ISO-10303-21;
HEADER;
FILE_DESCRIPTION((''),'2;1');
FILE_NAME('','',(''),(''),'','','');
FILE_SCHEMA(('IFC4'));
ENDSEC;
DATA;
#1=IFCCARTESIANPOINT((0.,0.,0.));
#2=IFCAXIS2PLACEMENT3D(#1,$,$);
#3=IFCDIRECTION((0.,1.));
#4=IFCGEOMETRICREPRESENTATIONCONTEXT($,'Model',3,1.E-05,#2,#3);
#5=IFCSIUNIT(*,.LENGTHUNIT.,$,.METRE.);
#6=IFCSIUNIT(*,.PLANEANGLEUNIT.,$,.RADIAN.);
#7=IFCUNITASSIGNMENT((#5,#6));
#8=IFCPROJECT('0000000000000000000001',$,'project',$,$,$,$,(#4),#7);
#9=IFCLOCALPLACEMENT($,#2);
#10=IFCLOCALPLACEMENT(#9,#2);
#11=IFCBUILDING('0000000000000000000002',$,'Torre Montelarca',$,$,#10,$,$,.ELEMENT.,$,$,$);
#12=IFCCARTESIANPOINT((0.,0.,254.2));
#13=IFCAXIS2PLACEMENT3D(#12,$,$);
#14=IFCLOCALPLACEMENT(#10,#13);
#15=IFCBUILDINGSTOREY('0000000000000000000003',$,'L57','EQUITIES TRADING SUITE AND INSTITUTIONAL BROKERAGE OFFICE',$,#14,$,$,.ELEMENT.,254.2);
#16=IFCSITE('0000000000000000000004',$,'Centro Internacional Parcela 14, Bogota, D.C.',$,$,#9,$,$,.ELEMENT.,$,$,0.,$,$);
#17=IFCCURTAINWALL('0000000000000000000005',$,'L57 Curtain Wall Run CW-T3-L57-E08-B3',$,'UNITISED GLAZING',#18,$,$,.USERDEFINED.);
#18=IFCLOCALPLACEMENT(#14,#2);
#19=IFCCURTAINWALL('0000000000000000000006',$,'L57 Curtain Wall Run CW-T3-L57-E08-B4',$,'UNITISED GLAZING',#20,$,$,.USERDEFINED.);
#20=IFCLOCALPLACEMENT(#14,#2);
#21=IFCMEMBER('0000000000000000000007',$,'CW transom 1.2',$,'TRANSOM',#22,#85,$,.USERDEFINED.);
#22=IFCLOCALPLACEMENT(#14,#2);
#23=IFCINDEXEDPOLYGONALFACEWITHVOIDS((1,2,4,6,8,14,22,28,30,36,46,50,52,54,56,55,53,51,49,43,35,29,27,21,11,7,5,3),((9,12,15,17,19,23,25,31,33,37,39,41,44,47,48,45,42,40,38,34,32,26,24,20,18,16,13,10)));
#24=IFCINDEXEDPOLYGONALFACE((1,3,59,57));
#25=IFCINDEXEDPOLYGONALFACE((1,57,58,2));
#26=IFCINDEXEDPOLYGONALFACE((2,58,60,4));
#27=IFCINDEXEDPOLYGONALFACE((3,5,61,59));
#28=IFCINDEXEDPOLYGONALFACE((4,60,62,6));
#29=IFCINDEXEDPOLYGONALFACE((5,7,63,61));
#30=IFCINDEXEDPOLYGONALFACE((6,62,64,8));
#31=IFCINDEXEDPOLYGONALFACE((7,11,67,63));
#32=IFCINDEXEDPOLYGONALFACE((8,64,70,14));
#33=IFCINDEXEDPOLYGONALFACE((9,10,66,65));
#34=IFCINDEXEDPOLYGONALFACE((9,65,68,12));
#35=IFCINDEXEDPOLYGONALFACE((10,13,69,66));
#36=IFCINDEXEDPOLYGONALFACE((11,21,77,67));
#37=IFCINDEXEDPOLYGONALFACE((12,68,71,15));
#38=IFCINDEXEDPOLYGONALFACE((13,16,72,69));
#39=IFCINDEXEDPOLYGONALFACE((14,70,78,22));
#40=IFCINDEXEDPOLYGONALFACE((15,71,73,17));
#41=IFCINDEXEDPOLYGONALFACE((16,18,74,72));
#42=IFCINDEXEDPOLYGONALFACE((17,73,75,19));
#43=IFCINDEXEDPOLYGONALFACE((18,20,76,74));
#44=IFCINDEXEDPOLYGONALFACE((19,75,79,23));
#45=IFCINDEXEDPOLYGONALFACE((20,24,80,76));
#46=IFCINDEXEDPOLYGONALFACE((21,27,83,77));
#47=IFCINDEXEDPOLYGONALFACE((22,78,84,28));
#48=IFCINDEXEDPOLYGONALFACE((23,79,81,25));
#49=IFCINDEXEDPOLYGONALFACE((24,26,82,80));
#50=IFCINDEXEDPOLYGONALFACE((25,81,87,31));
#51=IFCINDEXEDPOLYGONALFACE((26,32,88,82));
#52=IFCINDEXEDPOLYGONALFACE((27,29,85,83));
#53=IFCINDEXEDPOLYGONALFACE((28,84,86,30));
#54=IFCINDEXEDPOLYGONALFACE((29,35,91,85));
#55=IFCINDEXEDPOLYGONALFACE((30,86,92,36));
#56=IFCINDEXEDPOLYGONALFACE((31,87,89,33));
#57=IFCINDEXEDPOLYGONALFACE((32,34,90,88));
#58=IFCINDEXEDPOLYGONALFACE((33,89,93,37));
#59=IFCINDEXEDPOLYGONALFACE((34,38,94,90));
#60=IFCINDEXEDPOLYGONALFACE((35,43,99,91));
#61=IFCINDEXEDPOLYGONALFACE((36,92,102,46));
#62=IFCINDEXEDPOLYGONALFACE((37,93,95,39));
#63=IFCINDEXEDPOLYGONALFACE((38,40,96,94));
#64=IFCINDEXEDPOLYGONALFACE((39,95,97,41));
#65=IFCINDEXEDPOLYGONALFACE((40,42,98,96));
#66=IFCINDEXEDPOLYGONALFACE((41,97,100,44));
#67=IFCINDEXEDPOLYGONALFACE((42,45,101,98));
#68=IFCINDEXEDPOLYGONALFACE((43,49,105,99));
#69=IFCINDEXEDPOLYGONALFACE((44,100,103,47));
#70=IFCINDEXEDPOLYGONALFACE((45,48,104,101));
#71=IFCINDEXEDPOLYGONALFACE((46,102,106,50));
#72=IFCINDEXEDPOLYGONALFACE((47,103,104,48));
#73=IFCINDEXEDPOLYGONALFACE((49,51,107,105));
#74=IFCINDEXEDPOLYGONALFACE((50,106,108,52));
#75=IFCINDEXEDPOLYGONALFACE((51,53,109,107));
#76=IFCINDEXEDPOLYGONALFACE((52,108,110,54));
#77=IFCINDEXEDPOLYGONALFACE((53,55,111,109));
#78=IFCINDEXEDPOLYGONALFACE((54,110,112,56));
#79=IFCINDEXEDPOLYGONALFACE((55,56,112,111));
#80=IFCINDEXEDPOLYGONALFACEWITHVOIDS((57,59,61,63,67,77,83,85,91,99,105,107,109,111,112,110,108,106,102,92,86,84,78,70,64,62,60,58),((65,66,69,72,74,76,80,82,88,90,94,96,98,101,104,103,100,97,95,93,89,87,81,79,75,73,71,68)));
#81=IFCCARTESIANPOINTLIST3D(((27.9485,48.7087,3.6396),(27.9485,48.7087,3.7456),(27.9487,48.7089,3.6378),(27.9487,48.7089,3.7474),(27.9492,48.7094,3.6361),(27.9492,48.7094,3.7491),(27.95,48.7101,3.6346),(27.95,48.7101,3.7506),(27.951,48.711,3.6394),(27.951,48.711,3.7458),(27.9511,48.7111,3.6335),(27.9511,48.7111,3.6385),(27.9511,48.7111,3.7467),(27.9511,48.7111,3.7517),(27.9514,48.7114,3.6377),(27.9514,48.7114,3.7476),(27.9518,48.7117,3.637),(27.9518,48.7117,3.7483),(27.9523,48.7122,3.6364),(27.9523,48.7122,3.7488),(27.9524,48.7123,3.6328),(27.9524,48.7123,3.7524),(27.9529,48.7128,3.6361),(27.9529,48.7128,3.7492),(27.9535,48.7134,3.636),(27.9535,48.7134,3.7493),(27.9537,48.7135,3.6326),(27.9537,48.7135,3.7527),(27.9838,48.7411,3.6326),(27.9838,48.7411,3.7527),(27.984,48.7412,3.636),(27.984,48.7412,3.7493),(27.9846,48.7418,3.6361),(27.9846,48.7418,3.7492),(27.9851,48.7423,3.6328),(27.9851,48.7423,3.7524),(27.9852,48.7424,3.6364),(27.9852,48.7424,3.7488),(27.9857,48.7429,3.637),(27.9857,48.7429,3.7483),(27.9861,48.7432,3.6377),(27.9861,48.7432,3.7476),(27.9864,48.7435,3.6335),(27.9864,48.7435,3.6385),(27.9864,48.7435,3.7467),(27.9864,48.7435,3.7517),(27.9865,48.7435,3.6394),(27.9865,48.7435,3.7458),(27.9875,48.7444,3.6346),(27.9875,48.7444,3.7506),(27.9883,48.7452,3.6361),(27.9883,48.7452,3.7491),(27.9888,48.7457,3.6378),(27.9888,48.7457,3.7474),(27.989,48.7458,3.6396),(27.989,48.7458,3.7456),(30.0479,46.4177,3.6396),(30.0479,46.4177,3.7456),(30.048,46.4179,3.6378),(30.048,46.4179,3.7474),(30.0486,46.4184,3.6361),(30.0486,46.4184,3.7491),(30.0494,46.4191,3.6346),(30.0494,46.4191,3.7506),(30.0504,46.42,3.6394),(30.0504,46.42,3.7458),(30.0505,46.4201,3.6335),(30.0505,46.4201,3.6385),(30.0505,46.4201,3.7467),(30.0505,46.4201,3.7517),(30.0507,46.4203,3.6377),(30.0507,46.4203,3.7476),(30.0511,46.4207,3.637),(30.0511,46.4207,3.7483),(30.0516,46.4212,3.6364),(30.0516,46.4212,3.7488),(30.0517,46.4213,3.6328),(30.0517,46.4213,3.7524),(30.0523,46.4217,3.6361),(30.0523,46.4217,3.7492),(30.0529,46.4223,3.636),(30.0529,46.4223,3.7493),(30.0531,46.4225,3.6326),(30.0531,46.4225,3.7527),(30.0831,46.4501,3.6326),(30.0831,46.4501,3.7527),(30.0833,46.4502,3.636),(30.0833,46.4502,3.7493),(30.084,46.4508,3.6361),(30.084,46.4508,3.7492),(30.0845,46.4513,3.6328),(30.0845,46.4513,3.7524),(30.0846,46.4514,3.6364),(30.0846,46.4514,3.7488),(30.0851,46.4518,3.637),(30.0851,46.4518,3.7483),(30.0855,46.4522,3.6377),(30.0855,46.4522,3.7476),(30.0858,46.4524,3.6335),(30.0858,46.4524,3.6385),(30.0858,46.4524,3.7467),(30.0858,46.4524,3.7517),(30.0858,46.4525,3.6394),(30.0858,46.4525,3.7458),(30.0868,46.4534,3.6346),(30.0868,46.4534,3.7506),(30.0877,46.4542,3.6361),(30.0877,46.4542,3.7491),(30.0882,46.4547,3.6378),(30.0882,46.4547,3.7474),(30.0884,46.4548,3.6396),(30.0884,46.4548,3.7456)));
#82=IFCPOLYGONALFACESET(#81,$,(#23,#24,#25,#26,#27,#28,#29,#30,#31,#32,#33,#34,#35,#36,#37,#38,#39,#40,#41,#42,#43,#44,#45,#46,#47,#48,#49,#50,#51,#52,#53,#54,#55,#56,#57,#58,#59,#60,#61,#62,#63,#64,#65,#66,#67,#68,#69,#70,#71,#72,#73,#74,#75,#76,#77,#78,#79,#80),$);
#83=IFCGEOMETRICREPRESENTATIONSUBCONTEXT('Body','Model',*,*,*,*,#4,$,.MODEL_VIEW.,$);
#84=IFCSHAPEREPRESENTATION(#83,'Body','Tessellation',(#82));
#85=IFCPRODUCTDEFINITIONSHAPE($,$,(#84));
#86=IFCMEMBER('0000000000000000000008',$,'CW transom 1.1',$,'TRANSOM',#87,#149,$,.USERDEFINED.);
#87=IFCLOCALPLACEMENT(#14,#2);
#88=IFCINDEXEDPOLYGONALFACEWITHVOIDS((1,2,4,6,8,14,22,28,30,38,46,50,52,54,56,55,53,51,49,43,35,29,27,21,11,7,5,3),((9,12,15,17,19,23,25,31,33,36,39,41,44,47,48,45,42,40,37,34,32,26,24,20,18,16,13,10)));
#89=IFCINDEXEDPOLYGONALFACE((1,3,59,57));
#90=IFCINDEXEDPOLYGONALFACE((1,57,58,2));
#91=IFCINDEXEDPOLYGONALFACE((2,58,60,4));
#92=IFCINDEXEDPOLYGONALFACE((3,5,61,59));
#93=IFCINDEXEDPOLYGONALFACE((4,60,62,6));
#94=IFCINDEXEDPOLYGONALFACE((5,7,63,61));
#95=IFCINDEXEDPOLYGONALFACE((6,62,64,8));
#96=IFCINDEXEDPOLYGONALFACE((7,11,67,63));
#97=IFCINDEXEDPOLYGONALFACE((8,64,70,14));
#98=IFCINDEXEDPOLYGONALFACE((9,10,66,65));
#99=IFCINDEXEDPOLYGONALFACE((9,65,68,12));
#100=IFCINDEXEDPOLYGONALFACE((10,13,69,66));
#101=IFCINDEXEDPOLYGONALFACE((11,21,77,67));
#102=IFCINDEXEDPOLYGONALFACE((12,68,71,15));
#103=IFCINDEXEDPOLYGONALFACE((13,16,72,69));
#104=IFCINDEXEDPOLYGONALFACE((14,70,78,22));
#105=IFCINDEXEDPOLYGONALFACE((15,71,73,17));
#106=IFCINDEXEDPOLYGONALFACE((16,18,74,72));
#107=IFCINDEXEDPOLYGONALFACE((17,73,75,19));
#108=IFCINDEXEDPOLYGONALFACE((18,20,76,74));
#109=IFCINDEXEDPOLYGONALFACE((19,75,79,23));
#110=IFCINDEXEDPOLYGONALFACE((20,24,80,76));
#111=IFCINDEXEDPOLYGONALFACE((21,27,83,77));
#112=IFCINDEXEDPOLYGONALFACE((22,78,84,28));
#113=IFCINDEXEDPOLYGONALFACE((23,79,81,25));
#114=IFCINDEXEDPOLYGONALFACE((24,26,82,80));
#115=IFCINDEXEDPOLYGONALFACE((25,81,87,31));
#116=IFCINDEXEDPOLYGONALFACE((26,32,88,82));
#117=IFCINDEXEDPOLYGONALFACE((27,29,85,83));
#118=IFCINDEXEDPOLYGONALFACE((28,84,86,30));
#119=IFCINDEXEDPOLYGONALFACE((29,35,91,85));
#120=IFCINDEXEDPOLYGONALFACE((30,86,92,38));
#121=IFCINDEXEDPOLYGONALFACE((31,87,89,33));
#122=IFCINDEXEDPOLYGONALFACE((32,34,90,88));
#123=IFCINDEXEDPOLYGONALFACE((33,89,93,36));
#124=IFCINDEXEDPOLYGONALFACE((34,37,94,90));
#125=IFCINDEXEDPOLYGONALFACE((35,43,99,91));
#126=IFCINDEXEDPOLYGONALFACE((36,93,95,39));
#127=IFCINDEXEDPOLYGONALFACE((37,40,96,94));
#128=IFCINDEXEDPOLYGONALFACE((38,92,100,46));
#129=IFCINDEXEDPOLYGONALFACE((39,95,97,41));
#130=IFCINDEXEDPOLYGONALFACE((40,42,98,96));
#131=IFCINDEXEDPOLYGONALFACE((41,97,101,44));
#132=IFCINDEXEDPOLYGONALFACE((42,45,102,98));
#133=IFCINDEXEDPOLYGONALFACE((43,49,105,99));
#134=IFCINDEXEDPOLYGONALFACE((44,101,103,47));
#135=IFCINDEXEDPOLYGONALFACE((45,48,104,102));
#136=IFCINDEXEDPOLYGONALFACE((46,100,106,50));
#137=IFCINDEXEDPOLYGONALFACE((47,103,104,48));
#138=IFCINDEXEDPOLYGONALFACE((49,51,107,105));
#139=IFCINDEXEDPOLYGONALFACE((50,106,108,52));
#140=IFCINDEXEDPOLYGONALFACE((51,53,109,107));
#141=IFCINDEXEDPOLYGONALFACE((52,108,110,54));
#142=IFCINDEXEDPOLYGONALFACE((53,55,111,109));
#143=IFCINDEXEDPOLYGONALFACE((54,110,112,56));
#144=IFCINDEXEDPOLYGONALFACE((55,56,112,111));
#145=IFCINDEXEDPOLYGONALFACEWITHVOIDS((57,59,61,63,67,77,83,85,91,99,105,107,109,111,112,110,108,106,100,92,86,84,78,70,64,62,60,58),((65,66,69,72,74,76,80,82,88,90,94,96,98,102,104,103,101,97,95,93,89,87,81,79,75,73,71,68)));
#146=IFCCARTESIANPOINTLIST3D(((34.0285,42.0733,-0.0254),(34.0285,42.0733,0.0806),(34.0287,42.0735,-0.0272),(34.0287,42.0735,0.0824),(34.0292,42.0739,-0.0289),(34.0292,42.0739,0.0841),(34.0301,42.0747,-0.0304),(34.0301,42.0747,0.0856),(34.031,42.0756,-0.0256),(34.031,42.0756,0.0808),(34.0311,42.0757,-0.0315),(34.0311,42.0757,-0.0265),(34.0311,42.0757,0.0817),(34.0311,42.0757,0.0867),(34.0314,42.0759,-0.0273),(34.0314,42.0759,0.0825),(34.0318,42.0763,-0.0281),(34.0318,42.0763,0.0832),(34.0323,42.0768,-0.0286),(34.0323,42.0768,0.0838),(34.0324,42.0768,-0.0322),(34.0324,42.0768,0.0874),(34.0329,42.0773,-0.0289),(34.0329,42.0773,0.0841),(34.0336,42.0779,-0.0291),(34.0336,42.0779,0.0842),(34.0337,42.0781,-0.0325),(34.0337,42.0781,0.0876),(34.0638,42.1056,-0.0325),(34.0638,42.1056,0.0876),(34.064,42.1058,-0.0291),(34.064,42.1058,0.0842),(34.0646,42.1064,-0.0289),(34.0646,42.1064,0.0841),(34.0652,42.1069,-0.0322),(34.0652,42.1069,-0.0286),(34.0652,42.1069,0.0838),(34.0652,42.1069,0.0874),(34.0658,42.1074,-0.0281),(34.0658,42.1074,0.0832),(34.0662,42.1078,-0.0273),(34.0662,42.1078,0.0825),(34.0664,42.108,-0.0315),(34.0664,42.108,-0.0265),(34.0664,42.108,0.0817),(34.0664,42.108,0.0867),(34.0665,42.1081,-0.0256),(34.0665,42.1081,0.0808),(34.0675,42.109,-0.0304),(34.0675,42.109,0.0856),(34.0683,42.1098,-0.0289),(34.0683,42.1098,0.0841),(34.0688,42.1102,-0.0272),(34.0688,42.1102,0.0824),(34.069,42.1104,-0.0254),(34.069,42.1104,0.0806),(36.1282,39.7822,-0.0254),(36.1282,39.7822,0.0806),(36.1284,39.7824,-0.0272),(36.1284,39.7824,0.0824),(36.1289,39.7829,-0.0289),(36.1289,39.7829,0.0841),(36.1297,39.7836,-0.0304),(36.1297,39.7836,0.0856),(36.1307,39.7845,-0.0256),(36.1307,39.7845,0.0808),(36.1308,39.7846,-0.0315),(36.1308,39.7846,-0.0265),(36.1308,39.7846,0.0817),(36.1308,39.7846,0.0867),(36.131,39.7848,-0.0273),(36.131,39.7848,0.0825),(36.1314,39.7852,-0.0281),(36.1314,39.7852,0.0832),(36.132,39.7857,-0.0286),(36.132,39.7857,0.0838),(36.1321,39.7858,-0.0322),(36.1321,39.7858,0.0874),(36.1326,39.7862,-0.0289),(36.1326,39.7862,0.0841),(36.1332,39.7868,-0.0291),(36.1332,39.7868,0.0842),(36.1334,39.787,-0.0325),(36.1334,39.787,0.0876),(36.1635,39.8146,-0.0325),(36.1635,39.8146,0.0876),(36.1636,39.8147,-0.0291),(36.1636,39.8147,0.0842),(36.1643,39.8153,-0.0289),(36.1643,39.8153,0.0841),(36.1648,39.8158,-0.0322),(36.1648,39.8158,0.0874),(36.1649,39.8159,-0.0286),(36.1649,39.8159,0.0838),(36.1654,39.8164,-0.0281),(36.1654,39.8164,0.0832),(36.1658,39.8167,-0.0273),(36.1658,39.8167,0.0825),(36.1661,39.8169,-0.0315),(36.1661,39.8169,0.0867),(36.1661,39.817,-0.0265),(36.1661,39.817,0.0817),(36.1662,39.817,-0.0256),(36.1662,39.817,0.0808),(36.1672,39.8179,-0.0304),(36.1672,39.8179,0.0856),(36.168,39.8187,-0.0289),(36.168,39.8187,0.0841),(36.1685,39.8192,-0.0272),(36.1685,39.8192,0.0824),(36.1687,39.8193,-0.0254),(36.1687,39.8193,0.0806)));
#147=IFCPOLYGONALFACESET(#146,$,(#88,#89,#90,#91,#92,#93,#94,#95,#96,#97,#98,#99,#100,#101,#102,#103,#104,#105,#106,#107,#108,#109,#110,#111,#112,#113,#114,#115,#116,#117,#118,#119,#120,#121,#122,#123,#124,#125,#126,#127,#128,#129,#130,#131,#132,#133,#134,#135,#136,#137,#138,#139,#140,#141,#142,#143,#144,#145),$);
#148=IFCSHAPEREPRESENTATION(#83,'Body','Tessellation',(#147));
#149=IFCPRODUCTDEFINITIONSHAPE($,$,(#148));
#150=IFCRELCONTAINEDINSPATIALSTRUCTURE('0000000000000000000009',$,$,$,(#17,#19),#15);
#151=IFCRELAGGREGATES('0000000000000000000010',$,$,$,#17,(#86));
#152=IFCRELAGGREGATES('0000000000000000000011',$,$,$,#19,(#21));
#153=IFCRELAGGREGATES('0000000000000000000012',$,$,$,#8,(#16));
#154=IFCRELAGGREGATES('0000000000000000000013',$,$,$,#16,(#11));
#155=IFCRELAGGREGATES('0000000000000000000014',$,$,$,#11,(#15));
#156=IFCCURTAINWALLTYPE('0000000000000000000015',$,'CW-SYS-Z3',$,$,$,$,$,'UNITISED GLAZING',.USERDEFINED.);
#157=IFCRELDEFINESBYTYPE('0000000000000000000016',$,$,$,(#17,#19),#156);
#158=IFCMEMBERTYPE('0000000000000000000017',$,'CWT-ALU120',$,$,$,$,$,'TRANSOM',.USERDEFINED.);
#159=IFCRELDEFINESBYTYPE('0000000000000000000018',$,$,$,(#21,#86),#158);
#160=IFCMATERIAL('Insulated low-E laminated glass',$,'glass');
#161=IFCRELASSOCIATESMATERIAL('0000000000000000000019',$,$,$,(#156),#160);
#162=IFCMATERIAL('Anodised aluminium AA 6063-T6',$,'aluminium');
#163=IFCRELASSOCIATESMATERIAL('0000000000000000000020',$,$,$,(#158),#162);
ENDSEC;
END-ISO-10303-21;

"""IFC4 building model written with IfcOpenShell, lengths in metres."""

from ifc_helpers import new_model, si_unit, direction, frame, origin, origin_2d, place, context, subcontext, project, spatial, hollow_rectangle, extrude, source, transform, mapped, material, material_profile, profile_set, type_object, element, aggregate, save


model = new_model("IFC4")

# Units and contexts
model_context = context("Model", 3, precision=1e-05, world=origin(), true_north=direction((0.0, 1.0)))
body_context = subcontext(model_context, "Body", "Model", "MODEL_VIEW")
ifc_project = project(units=[si_unit("LENGTHUNIT", "METRE"), si_unit("PLANEANGLEUNIT", "RADIAN")], contexts=[model_context])

# Site, building, storey
site_placement = place(None, origin())
site = spatial("IfcSite", under=ifc_project, at=site_placement, Name="Centro Internacional Parcela 14, Bogota, D.C.", CompositionType="ELEMENT", RefElevation=0.0)
building_placement = place(site_placement, origin())
building = spatial("IfcBuilding", under=site, at=building_placement, Name="Torre Montelarca", CompositionType="ELEMENT")
storey_placement = place(building_placement, frame((0.0, 0.0, 254.2)))
storey = spatial("IfcBuildingStorey", under=building, at=storey_placement, Name="L57", Description="EQUITIES TRADING SUITE AND INSTITUTIONAL BROKERAGE OFFICE", CompositionType="ELEMENT", Elevation=254.2)

# Shared definitions
ifc_material_1 = material(Name="Insulated low-E laminated glass", Category="glass")
curtain_wall_type = type_object("IfcCurtainWallType", Name="CW-SYS-Z3", ElementType="UNITISED GLAZING", PredefinedType="USERDEFINED", material=ifc_material_1)
ifc_material_2 = material(Name="Anodised aluminium AA 6063-T6", Category="aluminium")

# Curtain wall
curtain_wall_1_placement = place(storey_placement, origin())
curtain_wall_1 = element("IfcCurtainWall", 1, at=curtain_wall_1_placement, inside=storey, type_object=curtain_wall_type, Name="L57 Curtain Wall Run CW-T3-L57-E08-B3", ObjectType="UNITISED GLAZING", PredefinedType="USERDEFINED")

# Curtain wall
curtain_wall_2_placement = place(storey_placement, origin())
curtain_wall_2 = element("IfcCurtainWall", 2, at=curtain_wall_2_placement, inside=storey, type_object=curtain_wall_type, Name="L57 Curtain Wall Run CW-T3-L57-E08-B4", ObjectType="UNITISED GLAZING", PredefinedType="USERDEFINED")

# Members
ifc_material_profile_1 = material_profile(ifc_material_2, hollow_rectangle(XDim=0.0549, YDim=0.1201, WallThickness=0.0034, InnerFilletRadius=0.0034, OuterFilletRadius=0.0071, at=origin_2d()), Name="ALU55X120X3.5", Category="aluminium")
ifc_profile_set_1 = profile_set([ifc_material_profile_1], Name="Anodised aluminium AA 6063-T6")
member_type_1 = type_object("IfcMemberType", Name="CWT-ALU120", ElementType="TRANSOM", PredefinedType="USERDEFINED", material=ifc_profile_set_1)
shared_shape_1 = source(origin(), body_context, "Body", "SweptSolid", [
    extrude(hollow_rectangle(XDim=0.0549, YDim=0.1201, WallThickness=0.0034, InnerFilletRadius=0.0034, OuterFilletRadius=0.0071, at=origin_2d()), origin(), (0.0, 0.0, 1.0), 3.1074),
])
member_1_placement = place(storey_placement, frame((30.0681, 46.4363, 3.6926), z_axis=(-0.675597, 0.737272, 0.0), x_axis=(-0.737272, -0.675597, 0.0)))
member_1 = element("IfcMember", 3, at=member_1_placement, type_object=member_type_1, Name="CW transom 1.2", ObjectType="TRANSOM", PredefinedType="USERDEFINED", context=body_context, shape_type="MappedRepresentation", body=[
    mapped(shared_shape_1, transform((0.0, 0.0, 0.0), scale=1.0)),
])
shared_shape_2 = source(origin(), body_context, "Body", "SweptSolid", [
    extrude(hollow_rectangle(XDim=0.0549, YDim=0.1201, WallThickness=0.0034, InnerFilletRadius=0.0034, OuterFilletRadius=0.0071, at=origin_2d()), origin(), (0.0, 0.0, 1.0), 3.1077),
])
member_2_placement = place(storey_placement, frame((36.1484, 39.8008, 0.0276), z_axis=(-0.675639, 0.737232, 0.0), x_axis=(-0.737232, -0.675639, 0.0)))
member_2 = element("IfcMember", 4, at=member_2_placement, type_object=member_type_1, Name="CW transom 1.1", ObjectType="TRANSOM", PredefinedType="USERDEFINED", context=body_context, shape_type="MappedRepresentation", body=[
    mapped(shared_shape_2, transform((0.0, 0.0, 0.0), scale=1.0)),
])

aggregate(curtain_wall_1, [member_2])
aggregate(curtain_wall_2, [member_1])

save(model, "model.ifc")
